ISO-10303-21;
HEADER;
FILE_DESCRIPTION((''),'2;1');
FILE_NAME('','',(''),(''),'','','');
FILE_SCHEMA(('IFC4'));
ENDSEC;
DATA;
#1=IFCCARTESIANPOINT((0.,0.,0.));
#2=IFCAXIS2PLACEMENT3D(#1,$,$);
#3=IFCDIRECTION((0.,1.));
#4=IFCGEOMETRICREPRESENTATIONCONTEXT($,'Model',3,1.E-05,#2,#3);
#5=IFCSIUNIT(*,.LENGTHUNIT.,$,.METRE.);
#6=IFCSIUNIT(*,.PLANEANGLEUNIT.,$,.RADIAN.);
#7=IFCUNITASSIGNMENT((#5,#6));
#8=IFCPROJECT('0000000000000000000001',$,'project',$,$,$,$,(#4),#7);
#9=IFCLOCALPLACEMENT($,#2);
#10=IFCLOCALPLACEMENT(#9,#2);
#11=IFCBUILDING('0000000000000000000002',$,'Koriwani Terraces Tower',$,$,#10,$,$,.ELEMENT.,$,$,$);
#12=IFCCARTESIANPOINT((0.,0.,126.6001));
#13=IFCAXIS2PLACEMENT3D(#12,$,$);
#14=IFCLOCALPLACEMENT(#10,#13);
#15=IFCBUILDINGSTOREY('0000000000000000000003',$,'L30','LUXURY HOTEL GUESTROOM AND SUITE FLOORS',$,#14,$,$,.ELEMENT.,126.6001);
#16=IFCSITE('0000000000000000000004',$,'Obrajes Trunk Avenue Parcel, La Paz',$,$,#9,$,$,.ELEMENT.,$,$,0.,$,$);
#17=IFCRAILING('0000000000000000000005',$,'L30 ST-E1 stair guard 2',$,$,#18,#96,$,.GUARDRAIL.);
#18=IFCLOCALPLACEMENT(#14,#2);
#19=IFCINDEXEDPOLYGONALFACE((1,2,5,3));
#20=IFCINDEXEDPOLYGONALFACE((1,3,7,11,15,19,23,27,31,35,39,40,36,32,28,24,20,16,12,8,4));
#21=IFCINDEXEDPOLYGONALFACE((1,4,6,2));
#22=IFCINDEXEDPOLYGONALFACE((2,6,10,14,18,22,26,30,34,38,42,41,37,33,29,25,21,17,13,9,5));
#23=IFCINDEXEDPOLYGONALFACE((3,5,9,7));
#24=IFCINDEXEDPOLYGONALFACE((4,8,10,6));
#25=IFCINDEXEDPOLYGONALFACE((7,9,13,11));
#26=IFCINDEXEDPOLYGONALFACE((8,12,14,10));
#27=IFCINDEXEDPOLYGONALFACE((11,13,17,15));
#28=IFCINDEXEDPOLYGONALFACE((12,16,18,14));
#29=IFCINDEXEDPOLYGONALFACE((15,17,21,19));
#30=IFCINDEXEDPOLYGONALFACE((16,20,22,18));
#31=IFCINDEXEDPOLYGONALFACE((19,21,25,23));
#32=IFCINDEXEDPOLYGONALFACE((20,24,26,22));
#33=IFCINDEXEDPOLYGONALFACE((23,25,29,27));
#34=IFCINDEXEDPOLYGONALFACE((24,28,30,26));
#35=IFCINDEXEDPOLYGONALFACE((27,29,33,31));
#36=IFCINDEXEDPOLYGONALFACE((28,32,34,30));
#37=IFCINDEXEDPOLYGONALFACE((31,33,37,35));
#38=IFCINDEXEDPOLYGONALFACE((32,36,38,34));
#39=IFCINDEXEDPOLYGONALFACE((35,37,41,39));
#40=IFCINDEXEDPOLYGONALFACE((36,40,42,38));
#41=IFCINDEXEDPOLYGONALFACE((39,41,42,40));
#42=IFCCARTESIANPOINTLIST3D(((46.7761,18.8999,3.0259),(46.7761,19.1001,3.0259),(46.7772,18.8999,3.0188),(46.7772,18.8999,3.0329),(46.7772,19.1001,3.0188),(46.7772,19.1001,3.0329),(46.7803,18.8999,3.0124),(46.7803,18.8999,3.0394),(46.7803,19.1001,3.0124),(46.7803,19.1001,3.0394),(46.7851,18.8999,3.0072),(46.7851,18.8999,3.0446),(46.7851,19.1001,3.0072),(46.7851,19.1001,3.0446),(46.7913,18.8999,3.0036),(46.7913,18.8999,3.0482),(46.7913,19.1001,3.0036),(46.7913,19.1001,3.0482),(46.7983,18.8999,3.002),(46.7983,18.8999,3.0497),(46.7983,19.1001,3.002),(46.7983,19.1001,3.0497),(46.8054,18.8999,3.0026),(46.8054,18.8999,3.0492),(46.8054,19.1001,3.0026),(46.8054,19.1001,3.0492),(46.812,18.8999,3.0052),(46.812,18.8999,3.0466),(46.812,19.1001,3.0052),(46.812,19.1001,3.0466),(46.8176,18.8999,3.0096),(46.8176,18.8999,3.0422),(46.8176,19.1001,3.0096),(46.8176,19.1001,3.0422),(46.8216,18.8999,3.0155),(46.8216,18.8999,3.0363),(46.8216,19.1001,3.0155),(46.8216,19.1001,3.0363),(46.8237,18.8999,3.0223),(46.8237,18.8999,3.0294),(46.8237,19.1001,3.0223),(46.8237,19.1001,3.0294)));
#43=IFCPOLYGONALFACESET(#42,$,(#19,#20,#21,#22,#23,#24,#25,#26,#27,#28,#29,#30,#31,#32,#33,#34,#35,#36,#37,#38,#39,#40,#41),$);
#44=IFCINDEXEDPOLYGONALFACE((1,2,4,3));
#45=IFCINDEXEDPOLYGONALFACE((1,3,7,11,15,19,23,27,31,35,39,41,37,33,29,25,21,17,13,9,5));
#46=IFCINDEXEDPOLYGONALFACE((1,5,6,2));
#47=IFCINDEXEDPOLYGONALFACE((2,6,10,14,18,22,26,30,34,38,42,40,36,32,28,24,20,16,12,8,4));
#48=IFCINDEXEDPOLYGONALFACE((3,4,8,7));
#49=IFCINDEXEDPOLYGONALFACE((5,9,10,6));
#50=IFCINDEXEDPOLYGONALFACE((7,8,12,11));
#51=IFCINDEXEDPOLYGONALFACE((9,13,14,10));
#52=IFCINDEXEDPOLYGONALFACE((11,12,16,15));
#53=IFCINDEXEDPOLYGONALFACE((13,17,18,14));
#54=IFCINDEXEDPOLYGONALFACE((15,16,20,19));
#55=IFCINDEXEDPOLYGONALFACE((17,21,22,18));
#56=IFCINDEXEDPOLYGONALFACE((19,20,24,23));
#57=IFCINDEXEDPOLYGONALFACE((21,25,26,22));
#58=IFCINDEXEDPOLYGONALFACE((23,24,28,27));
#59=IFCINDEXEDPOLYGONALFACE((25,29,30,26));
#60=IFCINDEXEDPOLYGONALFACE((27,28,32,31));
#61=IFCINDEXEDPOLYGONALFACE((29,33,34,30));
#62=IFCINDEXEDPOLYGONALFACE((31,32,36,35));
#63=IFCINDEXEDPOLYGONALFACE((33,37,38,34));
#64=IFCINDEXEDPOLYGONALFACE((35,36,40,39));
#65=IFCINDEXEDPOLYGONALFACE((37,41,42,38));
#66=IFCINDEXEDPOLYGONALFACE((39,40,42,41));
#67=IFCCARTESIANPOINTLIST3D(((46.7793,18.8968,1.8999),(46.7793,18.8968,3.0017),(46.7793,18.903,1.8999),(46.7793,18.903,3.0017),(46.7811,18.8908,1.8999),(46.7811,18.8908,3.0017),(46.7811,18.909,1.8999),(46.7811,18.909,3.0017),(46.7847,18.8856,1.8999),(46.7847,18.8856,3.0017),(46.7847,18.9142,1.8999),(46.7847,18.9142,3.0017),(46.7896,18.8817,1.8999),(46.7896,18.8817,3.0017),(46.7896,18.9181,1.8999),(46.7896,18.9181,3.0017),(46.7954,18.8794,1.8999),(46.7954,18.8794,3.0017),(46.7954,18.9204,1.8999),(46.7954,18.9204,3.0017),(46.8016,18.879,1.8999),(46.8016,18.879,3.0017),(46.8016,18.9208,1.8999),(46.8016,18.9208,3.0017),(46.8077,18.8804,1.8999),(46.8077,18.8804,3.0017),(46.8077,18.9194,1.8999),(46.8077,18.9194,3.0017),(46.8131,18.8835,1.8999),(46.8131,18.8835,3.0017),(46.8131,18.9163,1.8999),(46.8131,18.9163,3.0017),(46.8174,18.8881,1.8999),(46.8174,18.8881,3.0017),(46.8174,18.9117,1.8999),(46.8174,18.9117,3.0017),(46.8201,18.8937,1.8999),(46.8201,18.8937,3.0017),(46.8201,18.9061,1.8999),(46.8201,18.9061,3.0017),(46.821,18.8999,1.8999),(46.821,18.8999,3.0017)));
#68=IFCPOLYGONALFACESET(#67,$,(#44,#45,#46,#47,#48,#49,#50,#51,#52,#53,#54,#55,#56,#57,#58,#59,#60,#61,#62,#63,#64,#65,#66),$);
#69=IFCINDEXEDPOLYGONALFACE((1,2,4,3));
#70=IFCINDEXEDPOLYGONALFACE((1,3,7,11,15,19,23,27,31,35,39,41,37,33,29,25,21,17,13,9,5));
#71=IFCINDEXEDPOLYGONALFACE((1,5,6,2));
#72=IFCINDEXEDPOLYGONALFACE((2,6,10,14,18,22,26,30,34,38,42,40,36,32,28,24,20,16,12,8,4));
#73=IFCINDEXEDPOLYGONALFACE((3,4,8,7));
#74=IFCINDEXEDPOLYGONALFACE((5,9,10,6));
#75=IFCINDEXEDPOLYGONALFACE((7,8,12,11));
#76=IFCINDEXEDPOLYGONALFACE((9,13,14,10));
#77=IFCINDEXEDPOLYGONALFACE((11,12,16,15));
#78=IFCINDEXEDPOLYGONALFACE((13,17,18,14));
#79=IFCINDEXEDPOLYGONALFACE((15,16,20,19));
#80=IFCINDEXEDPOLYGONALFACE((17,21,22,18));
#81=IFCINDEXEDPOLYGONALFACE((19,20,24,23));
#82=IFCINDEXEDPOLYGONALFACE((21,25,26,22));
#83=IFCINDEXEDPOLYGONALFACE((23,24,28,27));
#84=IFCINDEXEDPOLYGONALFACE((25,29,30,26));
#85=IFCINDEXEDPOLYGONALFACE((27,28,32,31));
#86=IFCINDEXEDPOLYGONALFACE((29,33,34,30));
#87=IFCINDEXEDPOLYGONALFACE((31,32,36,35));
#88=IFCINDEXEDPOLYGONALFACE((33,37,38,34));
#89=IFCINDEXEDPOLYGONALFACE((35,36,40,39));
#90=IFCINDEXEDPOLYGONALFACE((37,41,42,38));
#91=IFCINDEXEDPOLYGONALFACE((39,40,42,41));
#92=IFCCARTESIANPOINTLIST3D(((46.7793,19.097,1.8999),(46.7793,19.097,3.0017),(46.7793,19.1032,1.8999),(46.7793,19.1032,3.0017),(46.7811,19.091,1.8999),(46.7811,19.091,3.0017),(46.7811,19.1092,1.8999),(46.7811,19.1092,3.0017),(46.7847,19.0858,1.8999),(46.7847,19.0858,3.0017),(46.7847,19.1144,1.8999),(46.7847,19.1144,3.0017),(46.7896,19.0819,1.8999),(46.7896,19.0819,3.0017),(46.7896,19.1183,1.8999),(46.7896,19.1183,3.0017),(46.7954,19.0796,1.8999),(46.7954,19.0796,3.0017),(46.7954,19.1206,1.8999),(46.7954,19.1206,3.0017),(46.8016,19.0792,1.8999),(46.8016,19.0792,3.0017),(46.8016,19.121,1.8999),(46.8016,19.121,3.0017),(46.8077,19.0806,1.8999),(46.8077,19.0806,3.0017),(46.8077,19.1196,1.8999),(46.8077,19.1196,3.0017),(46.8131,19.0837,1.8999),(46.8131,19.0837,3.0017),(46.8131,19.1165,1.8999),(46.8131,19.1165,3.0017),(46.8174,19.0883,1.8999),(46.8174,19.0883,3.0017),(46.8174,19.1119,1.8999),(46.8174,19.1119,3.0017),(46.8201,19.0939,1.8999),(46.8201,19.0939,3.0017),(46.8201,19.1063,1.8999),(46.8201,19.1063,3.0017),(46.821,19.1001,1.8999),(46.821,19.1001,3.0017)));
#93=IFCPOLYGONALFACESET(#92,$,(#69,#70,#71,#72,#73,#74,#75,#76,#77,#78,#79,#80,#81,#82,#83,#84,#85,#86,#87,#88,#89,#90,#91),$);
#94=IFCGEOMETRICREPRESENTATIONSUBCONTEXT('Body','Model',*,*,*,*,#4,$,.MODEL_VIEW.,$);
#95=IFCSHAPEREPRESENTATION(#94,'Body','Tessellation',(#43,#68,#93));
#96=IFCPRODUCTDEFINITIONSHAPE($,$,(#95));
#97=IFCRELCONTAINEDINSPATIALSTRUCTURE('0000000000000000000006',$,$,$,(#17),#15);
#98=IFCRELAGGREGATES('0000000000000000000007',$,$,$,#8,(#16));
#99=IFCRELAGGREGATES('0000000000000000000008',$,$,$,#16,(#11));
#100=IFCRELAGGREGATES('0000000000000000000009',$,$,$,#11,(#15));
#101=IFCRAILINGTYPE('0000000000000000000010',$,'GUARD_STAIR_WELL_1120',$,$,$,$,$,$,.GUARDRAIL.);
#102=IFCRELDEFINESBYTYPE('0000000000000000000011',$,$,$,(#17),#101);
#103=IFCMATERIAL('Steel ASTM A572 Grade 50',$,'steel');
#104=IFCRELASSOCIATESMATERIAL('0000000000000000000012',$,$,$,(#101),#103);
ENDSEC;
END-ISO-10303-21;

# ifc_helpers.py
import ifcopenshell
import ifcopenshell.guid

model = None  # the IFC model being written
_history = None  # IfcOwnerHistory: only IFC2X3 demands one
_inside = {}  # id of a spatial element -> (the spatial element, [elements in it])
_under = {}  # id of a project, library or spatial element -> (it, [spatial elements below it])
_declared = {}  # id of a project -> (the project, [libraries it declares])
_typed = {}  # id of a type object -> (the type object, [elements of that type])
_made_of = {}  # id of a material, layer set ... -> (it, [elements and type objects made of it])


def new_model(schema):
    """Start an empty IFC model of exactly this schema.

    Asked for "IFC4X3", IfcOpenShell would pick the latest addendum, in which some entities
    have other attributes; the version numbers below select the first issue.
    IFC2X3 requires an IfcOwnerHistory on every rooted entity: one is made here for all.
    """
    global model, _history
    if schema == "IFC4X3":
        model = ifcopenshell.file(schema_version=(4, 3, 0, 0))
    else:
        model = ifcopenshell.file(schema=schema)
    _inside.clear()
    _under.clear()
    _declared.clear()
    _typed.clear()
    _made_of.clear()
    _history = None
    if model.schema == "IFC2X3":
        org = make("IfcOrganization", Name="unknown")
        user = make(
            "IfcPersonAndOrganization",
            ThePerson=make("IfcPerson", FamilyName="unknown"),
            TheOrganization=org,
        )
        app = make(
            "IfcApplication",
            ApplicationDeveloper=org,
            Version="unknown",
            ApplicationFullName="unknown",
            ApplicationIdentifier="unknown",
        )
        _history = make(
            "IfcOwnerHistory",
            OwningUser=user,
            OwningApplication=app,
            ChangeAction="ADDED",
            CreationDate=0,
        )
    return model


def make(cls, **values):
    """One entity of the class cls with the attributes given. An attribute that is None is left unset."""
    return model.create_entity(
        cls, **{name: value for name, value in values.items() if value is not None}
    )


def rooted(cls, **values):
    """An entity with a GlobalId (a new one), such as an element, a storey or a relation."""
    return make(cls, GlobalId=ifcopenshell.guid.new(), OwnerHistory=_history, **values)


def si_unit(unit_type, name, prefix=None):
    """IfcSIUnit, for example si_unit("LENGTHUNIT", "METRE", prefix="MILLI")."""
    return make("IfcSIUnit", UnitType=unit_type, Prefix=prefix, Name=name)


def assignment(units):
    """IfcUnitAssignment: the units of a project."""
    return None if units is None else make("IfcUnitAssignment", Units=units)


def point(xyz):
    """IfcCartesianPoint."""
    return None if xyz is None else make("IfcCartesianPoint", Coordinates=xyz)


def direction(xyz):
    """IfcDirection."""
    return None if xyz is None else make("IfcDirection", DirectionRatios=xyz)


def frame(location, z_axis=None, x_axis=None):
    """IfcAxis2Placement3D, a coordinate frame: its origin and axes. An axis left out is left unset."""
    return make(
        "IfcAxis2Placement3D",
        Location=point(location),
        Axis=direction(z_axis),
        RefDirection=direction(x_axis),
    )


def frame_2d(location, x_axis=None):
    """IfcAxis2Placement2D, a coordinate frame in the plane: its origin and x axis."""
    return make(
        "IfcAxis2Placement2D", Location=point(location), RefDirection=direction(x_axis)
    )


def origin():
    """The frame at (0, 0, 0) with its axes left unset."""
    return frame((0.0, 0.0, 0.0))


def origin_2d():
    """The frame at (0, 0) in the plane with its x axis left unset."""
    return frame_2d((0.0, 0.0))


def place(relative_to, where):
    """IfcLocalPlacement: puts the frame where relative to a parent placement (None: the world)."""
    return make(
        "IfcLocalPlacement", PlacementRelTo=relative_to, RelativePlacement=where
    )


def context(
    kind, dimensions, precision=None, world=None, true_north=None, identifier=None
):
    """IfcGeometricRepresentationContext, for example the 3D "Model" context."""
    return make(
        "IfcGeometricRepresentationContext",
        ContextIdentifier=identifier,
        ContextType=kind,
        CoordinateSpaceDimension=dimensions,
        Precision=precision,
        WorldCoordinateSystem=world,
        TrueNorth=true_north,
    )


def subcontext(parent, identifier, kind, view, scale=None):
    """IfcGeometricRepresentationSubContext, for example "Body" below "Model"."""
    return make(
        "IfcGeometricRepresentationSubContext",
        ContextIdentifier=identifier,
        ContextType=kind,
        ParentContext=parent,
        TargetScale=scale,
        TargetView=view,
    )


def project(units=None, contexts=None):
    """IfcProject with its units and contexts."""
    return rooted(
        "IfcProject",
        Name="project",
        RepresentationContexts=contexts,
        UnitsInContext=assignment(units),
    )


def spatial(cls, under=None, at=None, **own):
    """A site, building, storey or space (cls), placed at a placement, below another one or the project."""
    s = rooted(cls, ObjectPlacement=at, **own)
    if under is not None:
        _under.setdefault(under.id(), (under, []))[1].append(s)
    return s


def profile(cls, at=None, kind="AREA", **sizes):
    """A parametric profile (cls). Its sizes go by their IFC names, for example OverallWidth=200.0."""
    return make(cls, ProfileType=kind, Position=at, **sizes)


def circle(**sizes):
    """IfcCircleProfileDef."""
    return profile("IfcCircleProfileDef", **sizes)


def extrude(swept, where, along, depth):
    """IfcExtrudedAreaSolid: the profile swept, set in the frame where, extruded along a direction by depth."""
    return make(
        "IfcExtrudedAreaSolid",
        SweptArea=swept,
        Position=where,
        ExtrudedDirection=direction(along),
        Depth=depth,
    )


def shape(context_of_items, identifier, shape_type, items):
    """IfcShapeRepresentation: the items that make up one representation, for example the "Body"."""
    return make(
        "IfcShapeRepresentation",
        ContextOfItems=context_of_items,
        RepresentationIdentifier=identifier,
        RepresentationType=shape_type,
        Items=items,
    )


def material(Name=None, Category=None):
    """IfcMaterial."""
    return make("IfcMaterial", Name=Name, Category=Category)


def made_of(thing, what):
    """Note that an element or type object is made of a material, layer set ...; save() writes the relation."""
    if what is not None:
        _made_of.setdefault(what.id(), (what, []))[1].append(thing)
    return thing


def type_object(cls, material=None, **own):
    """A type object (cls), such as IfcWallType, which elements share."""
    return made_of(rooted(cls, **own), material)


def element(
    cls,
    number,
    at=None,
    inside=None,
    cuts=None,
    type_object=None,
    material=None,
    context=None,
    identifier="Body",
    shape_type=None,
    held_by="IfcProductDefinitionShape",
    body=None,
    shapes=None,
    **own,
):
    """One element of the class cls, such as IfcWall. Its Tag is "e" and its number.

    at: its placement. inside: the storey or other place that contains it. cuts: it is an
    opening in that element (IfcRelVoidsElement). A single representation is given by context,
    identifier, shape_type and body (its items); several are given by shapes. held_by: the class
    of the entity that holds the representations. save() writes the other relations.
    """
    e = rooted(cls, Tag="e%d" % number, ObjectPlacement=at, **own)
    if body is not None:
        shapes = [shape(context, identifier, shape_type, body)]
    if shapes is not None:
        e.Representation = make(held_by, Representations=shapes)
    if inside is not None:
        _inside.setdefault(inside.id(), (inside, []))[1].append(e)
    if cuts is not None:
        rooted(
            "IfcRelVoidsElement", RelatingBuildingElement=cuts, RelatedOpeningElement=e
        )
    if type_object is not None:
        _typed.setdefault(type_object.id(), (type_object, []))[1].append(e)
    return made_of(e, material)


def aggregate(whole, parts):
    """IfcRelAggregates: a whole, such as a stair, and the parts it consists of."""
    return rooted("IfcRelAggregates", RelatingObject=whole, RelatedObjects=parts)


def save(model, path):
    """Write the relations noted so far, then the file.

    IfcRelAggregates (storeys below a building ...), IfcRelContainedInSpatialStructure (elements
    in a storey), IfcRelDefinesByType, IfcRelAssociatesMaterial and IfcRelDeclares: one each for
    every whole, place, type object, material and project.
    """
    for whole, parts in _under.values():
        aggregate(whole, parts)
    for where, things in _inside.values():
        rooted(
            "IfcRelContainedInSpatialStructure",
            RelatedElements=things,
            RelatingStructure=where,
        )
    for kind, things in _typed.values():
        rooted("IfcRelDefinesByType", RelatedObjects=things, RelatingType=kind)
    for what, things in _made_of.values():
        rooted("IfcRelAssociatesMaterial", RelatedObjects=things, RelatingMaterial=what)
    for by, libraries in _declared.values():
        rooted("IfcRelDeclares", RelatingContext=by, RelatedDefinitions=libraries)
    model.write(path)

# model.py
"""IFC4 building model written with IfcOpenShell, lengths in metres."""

from ifc_helpers import new_model, si_unit, direction, frame, origin, origin_2d, place, context, subcontext, project, spatial, circle, extrude, material, type_object, element, save


model = new_model("IFC4")

# Units and contexts
model_context = context("Model", 3, precision=1e-05, world=origin(), true_north=direction((0.0, 1.0)))
body_context = subcontext(model_context, "Body", "Model", "MODEL_VIEW")
ifc_project = project(units=[si_unit("LENGTHUNIT", "METRE"), si_unit("PLANEANGLEUNIT", "RADIAN")], contexts=[model_context])

# Site, building, storey
site_placement = place(None, origin())
site = spatial("IfcSite", under=ifc_project, at=site_placement, Name="Obrajes Trunk Avenue Parcel, La Paz", CompositionType="ELEMENT", RefElevation=0.0)
building_placement = place(site_placement, origin())
building = spatial("IfcBuilding", under=site, at=building_placement, Name="Koriwani Terraces Tower", CompositionType="ELEMENT")
storey_placement = place(building_placement, frame((0.0, 0.0, 126.6001)))
storey = spatial("IfcBuildingStorey", under=building, at=storey_placement, Name="L30", Description="LUXURY HOTEL GUESTROOM AND SUITE FLOORS", CompositionType="ELEMENT", Elevation=126.6001)

# Shared definitions
ifc_material_1 = material(Name="Steel ASTM A572 Grade 50", Category="steel")

# Railing
railing_type_1 = type_object("IfcRailingType", Name="GUARD_STAIR_WELL_1120", PredefinedType="GUARDRAIL", material=ifc_material_1)
railing_1_placement = place(storey_placement, frame((46.8, 18.8999, 1.8999)))
element("IfcRailing", 1, at=railing_1_placement, inside=storey, type_object=railing_type_1, Name="L30 ST-E1 stair guard 2", PredefinedType="GUARDRAIL", context=body_context, shape_type="SweptSolid", body=[
    extrude(circle(Radius=0.0239, at=origin_2d()), frame((0.0, 0.0, 1.126), z_axis=(0.0, 1.0, 0.0), x_axis=(-1.0, 0.0, 0.0)), (0.0, 0.0, 1.0), 0.2002),
    extrude(circle(Radius=0.021, at=origin_2d()), origin(), (0.0, 0.0, 1.0), 1.1018),
    extrude(circle(Radius=0.021, at=origin_2d()), frame((0.0, 0.2002, 0.0)), (0.0, 0.0, 1.0), 1.1018),
])

save(model, "model.ifc")
